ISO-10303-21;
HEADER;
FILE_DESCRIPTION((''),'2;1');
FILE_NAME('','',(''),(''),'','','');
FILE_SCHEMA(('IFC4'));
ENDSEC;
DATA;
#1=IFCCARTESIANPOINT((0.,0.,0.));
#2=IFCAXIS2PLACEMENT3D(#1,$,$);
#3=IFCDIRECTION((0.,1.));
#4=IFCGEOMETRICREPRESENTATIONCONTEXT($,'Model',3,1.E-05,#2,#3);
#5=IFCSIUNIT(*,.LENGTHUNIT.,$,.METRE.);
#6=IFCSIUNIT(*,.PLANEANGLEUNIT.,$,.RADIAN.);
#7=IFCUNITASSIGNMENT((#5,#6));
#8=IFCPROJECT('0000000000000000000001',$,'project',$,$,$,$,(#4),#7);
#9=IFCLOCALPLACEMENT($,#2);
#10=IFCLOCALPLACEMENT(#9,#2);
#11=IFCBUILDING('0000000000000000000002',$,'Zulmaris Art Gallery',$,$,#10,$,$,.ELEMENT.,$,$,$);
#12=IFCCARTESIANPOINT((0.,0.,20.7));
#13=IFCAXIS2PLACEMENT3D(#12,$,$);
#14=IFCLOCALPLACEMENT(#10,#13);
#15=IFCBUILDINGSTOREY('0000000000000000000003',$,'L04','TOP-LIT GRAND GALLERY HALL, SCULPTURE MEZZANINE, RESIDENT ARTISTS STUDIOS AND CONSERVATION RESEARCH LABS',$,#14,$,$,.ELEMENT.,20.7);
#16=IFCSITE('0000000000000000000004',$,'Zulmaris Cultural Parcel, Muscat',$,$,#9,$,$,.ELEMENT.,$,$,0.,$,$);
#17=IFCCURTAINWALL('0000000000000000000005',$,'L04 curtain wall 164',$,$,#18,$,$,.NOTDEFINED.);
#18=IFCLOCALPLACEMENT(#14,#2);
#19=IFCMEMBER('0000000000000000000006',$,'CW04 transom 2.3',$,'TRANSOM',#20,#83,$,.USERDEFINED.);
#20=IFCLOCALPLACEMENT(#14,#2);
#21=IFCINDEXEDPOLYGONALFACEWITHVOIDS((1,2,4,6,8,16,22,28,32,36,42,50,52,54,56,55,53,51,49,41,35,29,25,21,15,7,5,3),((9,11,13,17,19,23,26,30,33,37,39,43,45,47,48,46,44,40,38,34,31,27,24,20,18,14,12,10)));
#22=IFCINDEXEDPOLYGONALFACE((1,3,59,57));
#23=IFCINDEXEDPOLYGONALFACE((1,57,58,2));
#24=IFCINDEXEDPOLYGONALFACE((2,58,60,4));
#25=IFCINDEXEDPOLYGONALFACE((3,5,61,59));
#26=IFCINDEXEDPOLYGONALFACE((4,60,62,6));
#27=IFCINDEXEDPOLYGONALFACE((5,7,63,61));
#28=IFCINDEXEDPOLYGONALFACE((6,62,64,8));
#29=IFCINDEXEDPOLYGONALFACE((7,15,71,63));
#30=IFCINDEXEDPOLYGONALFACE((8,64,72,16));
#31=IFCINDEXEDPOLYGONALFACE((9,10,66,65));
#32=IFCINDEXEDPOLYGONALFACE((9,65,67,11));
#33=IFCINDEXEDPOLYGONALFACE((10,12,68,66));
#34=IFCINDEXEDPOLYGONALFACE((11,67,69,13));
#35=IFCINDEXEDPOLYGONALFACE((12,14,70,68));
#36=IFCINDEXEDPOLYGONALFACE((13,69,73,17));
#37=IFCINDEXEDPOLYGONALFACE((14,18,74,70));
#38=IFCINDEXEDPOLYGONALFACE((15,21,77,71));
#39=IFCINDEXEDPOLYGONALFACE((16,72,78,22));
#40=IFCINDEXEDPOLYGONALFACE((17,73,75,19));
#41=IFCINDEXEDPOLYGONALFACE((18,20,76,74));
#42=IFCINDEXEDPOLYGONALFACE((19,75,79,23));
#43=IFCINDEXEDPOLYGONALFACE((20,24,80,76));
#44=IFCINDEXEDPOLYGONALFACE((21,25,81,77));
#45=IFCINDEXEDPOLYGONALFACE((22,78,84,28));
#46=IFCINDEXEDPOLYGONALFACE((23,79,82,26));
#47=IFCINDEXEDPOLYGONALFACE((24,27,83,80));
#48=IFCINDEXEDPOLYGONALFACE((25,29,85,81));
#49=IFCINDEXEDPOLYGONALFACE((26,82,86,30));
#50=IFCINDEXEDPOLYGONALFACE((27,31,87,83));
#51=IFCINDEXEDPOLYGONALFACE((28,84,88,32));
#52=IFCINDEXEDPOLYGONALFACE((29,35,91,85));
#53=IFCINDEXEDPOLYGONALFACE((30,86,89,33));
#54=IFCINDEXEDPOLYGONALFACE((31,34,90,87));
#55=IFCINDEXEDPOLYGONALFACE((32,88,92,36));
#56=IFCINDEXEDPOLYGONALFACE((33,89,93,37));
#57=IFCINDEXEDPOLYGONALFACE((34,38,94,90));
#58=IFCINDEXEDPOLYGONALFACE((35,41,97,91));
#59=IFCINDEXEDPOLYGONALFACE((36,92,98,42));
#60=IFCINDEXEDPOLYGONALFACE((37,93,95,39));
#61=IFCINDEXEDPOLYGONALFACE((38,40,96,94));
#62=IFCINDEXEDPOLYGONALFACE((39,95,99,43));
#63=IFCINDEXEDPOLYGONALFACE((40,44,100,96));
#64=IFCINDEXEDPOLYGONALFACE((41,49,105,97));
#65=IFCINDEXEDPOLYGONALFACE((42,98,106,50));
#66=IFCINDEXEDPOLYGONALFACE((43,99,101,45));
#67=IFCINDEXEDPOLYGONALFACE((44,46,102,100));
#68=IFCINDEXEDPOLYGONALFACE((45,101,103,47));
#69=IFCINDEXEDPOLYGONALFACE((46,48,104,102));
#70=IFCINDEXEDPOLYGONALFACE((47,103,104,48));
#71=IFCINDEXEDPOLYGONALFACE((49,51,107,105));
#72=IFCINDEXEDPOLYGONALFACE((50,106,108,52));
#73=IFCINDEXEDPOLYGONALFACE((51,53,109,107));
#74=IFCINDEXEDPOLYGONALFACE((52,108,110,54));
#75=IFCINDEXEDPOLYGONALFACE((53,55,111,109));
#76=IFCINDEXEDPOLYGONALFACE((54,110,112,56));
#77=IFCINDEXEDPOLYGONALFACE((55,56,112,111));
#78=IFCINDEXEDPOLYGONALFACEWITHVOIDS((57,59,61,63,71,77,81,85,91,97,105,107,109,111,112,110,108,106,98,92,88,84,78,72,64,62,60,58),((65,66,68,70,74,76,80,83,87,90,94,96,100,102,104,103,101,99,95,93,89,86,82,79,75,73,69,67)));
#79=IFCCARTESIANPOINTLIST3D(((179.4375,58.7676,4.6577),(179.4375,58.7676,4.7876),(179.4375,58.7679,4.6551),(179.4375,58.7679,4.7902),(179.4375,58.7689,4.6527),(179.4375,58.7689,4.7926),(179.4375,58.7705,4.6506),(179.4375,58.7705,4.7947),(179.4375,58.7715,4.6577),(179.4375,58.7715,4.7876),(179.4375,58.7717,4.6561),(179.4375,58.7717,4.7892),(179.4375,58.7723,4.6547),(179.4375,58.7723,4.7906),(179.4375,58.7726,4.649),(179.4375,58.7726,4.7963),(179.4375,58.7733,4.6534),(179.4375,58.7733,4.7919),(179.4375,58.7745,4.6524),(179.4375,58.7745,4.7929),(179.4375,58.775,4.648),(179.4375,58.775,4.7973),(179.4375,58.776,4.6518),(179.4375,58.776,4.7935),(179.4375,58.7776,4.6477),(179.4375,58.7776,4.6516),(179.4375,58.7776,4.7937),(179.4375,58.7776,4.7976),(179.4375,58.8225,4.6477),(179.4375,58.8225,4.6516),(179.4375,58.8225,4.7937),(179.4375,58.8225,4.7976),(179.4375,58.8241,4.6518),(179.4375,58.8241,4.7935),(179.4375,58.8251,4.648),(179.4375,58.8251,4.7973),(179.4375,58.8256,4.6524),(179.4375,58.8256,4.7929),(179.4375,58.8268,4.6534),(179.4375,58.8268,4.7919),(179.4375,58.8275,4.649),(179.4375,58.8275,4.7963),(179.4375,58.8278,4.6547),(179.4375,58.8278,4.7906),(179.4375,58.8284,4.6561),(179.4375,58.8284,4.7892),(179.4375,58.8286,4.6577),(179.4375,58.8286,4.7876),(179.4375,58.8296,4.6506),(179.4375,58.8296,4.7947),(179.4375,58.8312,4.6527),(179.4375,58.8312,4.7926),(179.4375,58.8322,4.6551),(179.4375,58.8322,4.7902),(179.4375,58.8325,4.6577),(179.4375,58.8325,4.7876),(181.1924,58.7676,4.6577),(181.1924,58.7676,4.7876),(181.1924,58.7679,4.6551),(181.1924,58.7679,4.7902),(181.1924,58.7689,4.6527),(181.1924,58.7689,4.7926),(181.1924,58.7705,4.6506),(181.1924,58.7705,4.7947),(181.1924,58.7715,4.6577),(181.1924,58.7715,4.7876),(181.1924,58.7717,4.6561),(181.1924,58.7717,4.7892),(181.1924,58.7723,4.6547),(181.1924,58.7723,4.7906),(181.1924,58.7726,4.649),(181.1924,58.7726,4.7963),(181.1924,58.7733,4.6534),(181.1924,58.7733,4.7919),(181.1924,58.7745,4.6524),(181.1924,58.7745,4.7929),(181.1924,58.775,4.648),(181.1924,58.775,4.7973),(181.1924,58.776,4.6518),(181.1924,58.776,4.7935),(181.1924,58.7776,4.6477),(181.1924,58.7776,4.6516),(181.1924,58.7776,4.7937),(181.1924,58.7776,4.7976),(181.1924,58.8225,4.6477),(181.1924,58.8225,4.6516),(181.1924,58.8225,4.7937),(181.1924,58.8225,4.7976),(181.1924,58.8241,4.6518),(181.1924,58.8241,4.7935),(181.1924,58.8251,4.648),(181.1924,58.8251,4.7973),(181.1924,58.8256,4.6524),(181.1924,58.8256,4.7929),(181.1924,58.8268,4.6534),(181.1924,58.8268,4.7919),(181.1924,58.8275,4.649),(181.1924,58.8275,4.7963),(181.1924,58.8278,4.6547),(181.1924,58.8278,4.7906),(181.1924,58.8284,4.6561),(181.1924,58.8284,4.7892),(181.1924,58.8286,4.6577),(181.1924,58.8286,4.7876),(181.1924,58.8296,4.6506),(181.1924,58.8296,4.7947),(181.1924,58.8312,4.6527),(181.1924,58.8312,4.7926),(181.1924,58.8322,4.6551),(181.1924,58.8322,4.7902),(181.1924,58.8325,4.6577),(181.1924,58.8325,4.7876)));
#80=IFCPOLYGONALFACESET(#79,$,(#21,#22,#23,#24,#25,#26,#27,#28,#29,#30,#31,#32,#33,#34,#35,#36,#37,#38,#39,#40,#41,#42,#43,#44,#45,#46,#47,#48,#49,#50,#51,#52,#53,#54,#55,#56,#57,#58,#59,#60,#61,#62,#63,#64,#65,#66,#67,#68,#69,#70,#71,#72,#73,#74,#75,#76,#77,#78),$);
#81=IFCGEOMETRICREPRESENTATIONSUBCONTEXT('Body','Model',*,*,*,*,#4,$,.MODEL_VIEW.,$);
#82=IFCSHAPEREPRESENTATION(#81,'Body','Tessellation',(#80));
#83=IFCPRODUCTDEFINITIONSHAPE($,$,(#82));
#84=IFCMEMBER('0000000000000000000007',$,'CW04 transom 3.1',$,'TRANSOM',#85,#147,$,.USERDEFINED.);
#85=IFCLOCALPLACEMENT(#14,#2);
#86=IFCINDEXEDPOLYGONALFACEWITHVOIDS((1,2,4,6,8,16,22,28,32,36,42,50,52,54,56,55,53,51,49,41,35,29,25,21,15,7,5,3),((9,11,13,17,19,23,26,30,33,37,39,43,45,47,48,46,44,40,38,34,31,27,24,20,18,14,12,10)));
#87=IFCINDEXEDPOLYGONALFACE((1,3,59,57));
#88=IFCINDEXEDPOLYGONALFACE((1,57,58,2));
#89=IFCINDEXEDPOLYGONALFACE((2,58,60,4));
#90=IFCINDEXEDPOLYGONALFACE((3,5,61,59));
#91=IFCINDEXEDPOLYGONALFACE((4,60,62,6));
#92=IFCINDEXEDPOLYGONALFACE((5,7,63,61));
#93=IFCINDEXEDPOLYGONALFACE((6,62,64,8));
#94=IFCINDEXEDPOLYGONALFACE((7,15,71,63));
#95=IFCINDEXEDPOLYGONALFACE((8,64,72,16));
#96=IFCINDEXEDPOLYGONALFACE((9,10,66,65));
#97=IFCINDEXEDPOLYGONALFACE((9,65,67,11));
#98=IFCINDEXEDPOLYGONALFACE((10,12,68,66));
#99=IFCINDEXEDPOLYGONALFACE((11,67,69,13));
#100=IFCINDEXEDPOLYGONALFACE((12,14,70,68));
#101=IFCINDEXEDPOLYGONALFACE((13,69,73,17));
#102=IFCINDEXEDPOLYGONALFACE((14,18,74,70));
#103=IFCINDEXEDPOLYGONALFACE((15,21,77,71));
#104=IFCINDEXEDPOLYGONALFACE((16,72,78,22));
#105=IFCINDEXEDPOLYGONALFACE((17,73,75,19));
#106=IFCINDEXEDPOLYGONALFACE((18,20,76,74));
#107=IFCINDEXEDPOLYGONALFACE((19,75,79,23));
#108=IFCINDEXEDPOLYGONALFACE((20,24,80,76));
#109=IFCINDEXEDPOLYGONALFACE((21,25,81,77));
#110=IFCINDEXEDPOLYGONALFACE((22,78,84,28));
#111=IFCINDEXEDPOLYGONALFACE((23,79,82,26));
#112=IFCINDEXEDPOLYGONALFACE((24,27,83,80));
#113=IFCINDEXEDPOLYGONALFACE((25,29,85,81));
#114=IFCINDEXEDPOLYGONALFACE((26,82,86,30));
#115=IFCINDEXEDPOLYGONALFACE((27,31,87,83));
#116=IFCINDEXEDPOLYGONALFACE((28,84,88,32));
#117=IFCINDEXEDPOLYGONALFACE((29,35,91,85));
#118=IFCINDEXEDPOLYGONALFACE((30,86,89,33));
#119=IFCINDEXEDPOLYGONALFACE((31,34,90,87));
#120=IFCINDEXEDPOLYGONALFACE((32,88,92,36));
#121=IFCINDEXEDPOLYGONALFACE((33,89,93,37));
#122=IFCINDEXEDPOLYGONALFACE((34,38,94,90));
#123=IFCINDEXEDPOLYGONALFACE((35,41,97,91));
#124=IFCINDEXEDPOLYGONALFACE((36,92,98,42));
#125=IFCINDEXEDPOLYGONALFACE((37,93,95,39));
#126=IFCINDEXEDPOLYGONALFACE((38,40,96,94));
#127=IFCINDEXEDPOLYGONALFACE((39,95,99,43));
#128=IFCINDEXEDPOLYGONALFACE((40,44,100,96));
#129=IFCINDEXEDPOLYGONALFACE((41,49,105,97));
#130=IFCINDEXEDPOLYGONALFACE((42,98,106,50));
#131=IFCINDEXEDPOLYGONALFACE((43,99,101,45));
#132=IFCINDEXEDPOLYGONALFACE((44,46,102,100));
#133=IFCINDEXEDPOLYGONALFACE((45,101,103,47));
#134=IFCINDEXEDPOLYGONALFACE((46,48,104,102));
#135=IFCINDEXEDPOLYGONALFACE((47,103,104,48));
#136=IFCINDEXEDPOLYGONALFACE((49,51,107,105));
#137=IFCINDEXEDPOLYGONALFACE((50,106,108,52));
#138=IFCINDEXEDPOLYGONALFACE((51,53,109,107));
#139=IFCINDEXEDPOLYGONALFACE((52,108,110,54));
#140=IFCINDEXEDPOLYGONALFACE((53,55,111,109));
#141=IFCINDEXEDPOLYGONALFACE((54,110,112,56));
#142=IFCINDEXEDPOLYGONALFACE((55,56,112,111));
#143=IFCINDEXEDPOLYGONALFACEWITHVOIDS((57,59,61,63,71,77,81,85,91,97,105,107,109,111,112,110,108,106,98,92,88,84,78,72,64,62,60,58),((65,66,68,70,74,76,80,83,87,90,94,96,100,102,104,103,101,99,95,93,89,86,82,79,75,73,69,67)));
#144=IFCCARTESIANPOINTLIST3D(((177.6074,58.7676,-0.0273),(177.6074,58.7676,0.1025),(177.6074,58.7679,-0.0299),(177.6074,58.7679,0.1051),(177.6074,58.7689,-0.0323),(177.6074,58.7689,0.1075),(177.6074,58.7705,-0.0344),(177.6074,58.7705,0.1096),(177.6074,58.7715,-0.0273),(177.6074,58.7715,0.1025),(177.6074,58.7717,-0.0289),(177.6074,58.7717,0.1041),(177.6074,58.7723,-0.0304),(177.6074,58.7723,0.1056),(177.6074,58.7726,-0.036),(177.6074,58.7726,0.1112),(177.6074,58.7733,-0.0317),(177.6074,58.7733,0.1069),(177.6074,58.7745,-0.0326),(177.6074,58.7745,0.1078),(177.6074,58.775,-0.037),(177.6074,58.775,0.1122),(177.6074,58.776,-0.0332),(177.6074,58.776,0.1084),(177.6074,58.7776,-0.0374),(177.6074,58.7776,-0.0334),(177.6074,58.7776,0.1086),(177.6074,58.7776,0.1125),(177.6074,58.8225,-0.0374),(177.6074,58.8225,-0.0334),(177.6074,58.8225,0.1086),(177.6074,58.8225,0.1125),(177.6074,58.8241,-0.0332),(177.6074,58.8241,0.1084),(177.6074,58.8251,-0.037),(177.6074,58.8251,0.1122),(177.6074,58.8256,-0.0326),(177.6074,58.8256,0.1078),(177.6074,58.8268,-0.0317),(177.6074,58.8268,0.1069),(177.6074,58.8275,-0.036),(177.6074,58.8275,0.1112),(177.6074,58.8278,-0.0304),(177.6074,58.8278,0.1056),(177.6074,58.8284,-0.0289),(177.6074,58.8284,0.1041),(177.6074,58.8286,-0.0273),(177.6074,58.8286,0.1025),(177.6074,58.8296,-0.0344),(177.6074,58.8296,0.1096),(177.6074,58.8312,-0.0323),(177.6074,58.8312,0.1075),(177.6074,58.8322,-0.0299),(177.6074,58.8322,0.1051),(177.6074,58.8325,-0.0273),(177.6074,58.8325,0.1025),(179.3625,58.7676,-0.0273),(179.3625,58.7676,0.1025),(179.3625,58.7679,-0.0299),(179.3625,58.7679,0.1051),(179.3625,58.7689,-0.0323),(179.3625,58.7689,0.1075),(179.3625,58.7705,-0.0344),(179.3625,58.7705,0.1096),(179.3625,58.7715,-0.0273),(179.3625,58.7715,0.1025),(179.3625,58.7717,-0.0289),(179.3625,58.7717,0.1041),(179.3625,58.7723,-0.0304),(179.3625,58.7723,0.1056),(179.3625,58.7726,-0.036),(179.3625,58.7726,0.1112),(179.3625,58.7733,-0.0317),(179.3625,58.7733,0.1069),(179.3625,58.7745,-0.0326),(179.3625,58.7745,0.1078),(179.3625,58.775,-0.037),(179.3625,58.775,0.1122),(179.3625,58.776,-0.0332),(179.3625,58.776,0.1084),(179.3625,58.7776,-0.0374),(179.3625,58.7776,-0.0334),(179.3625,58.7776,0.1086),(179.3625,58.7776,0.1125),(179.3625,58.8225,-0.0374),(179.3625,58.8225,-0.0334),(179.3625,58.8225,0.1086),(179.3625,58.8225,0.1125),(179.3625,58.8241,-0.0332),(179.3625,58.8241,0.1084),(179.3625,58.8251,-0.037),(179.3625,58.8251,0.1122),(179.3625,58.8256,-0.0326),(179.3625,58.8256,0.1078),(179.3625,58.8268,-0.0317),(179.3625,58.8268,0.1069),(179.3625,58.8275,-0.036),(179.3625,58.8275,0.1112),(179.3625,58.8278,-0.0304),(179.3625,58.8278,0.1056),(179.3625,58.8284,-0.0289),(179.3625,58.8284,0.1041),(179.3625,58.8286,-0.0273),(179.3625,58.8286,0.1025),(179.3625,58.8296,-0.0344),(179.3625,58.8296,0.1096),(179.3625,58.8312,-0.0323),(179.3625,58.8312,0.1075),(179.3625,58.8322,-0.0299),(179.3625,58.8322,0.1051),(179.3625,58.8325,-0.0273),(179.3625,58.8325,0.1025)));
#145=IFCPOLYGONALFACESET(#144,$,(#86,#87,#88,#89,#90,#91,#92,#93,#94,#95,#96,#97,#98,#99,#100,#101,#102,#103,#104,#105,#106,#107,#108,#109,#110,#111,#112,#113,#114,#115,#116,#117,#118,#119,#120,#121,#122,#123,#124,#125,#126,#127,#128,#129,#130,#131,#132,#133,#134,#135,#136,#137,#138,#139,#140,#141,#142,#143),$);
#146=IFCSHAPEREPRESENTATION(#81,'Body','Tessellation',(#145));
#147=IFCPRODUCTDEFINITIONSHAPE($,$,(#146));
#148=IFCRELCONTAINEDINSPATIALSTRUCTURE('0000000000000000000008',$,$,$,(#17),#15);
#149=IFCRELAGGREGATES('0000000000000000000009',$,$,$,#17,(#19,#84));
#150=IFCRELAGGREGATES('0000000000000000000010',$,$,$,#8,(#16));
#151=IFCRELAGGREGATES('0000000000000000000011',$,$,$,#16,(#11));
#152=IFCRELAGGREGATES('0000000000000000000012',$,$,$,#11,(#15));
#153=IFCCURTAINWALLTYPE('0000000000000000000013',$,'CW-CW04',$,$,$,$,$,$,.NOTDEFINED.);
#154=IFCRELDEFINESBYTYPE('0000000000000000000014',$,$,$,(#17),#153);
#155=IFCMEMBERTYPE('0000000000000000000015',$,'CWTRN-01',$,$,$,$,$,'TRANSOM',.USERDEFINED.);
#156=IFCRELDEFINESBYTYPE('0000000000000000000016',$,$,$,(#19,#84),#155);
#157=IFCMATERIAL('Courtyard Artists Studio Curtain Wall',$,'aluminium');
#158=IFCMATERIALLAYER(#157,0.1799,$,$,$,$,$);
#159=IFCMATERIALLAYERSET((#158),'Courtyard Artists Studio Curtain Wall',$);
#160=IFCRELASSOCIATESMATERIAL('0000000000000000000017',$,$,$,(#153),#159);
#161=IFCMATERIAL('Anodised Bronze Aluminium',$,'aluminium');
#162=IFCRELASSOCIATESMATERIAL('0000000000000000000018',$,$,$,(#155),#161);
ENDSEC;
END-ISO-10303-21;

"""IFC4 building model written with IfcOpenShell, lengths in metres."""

from ifc_helpers import new_model, si_unit, direction, frame, origin, origin_2d, place, context, subcontext, project, spatial, hollow_rectangle, extrude, material, layer, layer_set, material_profile, profile_set, type_object, element, aggregate, save


model = new_model("IFC4")

# Units and contexts
model_context = context("Model", 3, precision=1e-05, world=origin(), true_north=direction((0.0, 1.0)))
body_context = subcontext(model_context, "Body", "Model", "MODEL_VIEW")
ifc_project = project(units=[si_unit("LENGTHUNIT", "METRE"), si_unit("PLANEANGLEUNIT", "RADIAN")], contexts=[model_context])

# Site, building, storey
site_placement = place(None, origin())
site = spatial("IfcSite", under=ifc_project, at=site_placement, Name="Zulmaris Cultural Parcel, Muscat", CompositionType="ELEMENT", RefElevation=0.0)
building_placement = place(site_placement, origin())
building = spatial("IfcBuilding", under=site, at=building_placement, Name="Zulmaris Art Gallery", CompositionType="ELEMENT")
storey_placement = place(building_placement, frame((0.0, 0.0, 20.7)))
storey = spatial("IfcBuildingStorey", under=building, at=storey_placement, Name="L04", Description="TOP-LIT GRAND GALLERY HALL, SCULPTURE MEZZANINE, RESIDENT ARTISTS STUDIOS AND CONSERVATION RESEARCH LABS", CompositionType="ELEMENT", Elevation=20.7)

# Shared definitions
ifc_material_1 = material(Name="Courtyard Artists Studio Curtain Wall", Category="aluminium")
ifc_layer_1 = layer(ifc_material_1, 0.1799)
ifc_layer_set_1 = layer_set([ifc_layer_1], Name="Courtyard Artists Studio Curtain Wall")
curtain_wall_type = type_object("IfcCurtainWallType", Name="CW-CW04", PredefinedType="NOTDEFINED", material=ifc_layer_set_1)
ifc_material_2 = material(Name="Anodised Bronze Aluminium", Category="aluminium")

# Curtain wall, members
curtain_wall_1_placement = place(storey_placement, origin())
curtain_wall_1 = element("IfcCurtainWall", 1, at=curtain_wall_1_placement, inside=storey, type_object=curtain_wall_type, Name="L04 curtain wall 164", PredefinedType="NOTDEFINED")
ifc_material_profile_1 = material_profile(ifc_material_2, hollow_rectangle(XDim=0.0649, YDim=0.1499, WallThickness=0.0039, InnerFilletRadius=0.0061, OuterFilletRadius=0.01, at=origin_2d()), Name="ALU 65x150x4")
ifc_profile_set_1 = profile_set([ifc_material_profile_1], Name="Anodised Bronze Aluminium")
member_type_1 = type_object("IfcMemberType", Name="CWTRN-01", ElementType="TRANSOM", PredefinedType="USERDEFINED", material=ifc_profile_set_1)
member_1_placement = place(storey_placement, frame((181.1924, 58.8, 4.7227), z_axis=(-1.0, 0.0, 0.0), x_axis=(0.0, -1.0, 0.0)))
member_1 = element("IfcMember", 2, at=member_1_placement, type_object=member_type_1, Name="CW04 transom 2.3", ObjectType="TRANSOM", PredefinedType="USERDEFINED", context=body_context, shape_type="SweptSolid", body=[
    extrude(hollow_rectangle(XDim=0.0649, YDim=0.1499, WallThickness=0.0039, InnerFilletRadius=0.0061, OuterFilletRadius=0.01, at=origin_2d()), origin(), (0.0, 0.0, 1.0), 1.7549),
])
member_2_placement = place(storey_placement, frame((179.3625, 58.8, 0.0376), z_axis=(-1.0, 0.0, 0.0), x_axis=(0.0, -1.0, 0.0)))
member_2 = element("IfcMember", 3, at=member_2_placement, type_object=member_type_1, Name="CW04 transom 3.1", ObjectType="TRANSOM", PredefinedType="USERDEFINED", context=body_context, shape_type="SweptSolid", body=[
    extrude(hollow_rectangle(XDim=0.0649, YDim=0.1499, WallThickness=0.0039, InnerFilletRadius=0.0061, OuterFilletRadius=0.01, at=origin_2d()), origin(), (0.0, 0.0, 1.0), 1.7551),
])
aggregate(curtain_wall_1, [member_1, member_2])

save(model, "model.ifc")
